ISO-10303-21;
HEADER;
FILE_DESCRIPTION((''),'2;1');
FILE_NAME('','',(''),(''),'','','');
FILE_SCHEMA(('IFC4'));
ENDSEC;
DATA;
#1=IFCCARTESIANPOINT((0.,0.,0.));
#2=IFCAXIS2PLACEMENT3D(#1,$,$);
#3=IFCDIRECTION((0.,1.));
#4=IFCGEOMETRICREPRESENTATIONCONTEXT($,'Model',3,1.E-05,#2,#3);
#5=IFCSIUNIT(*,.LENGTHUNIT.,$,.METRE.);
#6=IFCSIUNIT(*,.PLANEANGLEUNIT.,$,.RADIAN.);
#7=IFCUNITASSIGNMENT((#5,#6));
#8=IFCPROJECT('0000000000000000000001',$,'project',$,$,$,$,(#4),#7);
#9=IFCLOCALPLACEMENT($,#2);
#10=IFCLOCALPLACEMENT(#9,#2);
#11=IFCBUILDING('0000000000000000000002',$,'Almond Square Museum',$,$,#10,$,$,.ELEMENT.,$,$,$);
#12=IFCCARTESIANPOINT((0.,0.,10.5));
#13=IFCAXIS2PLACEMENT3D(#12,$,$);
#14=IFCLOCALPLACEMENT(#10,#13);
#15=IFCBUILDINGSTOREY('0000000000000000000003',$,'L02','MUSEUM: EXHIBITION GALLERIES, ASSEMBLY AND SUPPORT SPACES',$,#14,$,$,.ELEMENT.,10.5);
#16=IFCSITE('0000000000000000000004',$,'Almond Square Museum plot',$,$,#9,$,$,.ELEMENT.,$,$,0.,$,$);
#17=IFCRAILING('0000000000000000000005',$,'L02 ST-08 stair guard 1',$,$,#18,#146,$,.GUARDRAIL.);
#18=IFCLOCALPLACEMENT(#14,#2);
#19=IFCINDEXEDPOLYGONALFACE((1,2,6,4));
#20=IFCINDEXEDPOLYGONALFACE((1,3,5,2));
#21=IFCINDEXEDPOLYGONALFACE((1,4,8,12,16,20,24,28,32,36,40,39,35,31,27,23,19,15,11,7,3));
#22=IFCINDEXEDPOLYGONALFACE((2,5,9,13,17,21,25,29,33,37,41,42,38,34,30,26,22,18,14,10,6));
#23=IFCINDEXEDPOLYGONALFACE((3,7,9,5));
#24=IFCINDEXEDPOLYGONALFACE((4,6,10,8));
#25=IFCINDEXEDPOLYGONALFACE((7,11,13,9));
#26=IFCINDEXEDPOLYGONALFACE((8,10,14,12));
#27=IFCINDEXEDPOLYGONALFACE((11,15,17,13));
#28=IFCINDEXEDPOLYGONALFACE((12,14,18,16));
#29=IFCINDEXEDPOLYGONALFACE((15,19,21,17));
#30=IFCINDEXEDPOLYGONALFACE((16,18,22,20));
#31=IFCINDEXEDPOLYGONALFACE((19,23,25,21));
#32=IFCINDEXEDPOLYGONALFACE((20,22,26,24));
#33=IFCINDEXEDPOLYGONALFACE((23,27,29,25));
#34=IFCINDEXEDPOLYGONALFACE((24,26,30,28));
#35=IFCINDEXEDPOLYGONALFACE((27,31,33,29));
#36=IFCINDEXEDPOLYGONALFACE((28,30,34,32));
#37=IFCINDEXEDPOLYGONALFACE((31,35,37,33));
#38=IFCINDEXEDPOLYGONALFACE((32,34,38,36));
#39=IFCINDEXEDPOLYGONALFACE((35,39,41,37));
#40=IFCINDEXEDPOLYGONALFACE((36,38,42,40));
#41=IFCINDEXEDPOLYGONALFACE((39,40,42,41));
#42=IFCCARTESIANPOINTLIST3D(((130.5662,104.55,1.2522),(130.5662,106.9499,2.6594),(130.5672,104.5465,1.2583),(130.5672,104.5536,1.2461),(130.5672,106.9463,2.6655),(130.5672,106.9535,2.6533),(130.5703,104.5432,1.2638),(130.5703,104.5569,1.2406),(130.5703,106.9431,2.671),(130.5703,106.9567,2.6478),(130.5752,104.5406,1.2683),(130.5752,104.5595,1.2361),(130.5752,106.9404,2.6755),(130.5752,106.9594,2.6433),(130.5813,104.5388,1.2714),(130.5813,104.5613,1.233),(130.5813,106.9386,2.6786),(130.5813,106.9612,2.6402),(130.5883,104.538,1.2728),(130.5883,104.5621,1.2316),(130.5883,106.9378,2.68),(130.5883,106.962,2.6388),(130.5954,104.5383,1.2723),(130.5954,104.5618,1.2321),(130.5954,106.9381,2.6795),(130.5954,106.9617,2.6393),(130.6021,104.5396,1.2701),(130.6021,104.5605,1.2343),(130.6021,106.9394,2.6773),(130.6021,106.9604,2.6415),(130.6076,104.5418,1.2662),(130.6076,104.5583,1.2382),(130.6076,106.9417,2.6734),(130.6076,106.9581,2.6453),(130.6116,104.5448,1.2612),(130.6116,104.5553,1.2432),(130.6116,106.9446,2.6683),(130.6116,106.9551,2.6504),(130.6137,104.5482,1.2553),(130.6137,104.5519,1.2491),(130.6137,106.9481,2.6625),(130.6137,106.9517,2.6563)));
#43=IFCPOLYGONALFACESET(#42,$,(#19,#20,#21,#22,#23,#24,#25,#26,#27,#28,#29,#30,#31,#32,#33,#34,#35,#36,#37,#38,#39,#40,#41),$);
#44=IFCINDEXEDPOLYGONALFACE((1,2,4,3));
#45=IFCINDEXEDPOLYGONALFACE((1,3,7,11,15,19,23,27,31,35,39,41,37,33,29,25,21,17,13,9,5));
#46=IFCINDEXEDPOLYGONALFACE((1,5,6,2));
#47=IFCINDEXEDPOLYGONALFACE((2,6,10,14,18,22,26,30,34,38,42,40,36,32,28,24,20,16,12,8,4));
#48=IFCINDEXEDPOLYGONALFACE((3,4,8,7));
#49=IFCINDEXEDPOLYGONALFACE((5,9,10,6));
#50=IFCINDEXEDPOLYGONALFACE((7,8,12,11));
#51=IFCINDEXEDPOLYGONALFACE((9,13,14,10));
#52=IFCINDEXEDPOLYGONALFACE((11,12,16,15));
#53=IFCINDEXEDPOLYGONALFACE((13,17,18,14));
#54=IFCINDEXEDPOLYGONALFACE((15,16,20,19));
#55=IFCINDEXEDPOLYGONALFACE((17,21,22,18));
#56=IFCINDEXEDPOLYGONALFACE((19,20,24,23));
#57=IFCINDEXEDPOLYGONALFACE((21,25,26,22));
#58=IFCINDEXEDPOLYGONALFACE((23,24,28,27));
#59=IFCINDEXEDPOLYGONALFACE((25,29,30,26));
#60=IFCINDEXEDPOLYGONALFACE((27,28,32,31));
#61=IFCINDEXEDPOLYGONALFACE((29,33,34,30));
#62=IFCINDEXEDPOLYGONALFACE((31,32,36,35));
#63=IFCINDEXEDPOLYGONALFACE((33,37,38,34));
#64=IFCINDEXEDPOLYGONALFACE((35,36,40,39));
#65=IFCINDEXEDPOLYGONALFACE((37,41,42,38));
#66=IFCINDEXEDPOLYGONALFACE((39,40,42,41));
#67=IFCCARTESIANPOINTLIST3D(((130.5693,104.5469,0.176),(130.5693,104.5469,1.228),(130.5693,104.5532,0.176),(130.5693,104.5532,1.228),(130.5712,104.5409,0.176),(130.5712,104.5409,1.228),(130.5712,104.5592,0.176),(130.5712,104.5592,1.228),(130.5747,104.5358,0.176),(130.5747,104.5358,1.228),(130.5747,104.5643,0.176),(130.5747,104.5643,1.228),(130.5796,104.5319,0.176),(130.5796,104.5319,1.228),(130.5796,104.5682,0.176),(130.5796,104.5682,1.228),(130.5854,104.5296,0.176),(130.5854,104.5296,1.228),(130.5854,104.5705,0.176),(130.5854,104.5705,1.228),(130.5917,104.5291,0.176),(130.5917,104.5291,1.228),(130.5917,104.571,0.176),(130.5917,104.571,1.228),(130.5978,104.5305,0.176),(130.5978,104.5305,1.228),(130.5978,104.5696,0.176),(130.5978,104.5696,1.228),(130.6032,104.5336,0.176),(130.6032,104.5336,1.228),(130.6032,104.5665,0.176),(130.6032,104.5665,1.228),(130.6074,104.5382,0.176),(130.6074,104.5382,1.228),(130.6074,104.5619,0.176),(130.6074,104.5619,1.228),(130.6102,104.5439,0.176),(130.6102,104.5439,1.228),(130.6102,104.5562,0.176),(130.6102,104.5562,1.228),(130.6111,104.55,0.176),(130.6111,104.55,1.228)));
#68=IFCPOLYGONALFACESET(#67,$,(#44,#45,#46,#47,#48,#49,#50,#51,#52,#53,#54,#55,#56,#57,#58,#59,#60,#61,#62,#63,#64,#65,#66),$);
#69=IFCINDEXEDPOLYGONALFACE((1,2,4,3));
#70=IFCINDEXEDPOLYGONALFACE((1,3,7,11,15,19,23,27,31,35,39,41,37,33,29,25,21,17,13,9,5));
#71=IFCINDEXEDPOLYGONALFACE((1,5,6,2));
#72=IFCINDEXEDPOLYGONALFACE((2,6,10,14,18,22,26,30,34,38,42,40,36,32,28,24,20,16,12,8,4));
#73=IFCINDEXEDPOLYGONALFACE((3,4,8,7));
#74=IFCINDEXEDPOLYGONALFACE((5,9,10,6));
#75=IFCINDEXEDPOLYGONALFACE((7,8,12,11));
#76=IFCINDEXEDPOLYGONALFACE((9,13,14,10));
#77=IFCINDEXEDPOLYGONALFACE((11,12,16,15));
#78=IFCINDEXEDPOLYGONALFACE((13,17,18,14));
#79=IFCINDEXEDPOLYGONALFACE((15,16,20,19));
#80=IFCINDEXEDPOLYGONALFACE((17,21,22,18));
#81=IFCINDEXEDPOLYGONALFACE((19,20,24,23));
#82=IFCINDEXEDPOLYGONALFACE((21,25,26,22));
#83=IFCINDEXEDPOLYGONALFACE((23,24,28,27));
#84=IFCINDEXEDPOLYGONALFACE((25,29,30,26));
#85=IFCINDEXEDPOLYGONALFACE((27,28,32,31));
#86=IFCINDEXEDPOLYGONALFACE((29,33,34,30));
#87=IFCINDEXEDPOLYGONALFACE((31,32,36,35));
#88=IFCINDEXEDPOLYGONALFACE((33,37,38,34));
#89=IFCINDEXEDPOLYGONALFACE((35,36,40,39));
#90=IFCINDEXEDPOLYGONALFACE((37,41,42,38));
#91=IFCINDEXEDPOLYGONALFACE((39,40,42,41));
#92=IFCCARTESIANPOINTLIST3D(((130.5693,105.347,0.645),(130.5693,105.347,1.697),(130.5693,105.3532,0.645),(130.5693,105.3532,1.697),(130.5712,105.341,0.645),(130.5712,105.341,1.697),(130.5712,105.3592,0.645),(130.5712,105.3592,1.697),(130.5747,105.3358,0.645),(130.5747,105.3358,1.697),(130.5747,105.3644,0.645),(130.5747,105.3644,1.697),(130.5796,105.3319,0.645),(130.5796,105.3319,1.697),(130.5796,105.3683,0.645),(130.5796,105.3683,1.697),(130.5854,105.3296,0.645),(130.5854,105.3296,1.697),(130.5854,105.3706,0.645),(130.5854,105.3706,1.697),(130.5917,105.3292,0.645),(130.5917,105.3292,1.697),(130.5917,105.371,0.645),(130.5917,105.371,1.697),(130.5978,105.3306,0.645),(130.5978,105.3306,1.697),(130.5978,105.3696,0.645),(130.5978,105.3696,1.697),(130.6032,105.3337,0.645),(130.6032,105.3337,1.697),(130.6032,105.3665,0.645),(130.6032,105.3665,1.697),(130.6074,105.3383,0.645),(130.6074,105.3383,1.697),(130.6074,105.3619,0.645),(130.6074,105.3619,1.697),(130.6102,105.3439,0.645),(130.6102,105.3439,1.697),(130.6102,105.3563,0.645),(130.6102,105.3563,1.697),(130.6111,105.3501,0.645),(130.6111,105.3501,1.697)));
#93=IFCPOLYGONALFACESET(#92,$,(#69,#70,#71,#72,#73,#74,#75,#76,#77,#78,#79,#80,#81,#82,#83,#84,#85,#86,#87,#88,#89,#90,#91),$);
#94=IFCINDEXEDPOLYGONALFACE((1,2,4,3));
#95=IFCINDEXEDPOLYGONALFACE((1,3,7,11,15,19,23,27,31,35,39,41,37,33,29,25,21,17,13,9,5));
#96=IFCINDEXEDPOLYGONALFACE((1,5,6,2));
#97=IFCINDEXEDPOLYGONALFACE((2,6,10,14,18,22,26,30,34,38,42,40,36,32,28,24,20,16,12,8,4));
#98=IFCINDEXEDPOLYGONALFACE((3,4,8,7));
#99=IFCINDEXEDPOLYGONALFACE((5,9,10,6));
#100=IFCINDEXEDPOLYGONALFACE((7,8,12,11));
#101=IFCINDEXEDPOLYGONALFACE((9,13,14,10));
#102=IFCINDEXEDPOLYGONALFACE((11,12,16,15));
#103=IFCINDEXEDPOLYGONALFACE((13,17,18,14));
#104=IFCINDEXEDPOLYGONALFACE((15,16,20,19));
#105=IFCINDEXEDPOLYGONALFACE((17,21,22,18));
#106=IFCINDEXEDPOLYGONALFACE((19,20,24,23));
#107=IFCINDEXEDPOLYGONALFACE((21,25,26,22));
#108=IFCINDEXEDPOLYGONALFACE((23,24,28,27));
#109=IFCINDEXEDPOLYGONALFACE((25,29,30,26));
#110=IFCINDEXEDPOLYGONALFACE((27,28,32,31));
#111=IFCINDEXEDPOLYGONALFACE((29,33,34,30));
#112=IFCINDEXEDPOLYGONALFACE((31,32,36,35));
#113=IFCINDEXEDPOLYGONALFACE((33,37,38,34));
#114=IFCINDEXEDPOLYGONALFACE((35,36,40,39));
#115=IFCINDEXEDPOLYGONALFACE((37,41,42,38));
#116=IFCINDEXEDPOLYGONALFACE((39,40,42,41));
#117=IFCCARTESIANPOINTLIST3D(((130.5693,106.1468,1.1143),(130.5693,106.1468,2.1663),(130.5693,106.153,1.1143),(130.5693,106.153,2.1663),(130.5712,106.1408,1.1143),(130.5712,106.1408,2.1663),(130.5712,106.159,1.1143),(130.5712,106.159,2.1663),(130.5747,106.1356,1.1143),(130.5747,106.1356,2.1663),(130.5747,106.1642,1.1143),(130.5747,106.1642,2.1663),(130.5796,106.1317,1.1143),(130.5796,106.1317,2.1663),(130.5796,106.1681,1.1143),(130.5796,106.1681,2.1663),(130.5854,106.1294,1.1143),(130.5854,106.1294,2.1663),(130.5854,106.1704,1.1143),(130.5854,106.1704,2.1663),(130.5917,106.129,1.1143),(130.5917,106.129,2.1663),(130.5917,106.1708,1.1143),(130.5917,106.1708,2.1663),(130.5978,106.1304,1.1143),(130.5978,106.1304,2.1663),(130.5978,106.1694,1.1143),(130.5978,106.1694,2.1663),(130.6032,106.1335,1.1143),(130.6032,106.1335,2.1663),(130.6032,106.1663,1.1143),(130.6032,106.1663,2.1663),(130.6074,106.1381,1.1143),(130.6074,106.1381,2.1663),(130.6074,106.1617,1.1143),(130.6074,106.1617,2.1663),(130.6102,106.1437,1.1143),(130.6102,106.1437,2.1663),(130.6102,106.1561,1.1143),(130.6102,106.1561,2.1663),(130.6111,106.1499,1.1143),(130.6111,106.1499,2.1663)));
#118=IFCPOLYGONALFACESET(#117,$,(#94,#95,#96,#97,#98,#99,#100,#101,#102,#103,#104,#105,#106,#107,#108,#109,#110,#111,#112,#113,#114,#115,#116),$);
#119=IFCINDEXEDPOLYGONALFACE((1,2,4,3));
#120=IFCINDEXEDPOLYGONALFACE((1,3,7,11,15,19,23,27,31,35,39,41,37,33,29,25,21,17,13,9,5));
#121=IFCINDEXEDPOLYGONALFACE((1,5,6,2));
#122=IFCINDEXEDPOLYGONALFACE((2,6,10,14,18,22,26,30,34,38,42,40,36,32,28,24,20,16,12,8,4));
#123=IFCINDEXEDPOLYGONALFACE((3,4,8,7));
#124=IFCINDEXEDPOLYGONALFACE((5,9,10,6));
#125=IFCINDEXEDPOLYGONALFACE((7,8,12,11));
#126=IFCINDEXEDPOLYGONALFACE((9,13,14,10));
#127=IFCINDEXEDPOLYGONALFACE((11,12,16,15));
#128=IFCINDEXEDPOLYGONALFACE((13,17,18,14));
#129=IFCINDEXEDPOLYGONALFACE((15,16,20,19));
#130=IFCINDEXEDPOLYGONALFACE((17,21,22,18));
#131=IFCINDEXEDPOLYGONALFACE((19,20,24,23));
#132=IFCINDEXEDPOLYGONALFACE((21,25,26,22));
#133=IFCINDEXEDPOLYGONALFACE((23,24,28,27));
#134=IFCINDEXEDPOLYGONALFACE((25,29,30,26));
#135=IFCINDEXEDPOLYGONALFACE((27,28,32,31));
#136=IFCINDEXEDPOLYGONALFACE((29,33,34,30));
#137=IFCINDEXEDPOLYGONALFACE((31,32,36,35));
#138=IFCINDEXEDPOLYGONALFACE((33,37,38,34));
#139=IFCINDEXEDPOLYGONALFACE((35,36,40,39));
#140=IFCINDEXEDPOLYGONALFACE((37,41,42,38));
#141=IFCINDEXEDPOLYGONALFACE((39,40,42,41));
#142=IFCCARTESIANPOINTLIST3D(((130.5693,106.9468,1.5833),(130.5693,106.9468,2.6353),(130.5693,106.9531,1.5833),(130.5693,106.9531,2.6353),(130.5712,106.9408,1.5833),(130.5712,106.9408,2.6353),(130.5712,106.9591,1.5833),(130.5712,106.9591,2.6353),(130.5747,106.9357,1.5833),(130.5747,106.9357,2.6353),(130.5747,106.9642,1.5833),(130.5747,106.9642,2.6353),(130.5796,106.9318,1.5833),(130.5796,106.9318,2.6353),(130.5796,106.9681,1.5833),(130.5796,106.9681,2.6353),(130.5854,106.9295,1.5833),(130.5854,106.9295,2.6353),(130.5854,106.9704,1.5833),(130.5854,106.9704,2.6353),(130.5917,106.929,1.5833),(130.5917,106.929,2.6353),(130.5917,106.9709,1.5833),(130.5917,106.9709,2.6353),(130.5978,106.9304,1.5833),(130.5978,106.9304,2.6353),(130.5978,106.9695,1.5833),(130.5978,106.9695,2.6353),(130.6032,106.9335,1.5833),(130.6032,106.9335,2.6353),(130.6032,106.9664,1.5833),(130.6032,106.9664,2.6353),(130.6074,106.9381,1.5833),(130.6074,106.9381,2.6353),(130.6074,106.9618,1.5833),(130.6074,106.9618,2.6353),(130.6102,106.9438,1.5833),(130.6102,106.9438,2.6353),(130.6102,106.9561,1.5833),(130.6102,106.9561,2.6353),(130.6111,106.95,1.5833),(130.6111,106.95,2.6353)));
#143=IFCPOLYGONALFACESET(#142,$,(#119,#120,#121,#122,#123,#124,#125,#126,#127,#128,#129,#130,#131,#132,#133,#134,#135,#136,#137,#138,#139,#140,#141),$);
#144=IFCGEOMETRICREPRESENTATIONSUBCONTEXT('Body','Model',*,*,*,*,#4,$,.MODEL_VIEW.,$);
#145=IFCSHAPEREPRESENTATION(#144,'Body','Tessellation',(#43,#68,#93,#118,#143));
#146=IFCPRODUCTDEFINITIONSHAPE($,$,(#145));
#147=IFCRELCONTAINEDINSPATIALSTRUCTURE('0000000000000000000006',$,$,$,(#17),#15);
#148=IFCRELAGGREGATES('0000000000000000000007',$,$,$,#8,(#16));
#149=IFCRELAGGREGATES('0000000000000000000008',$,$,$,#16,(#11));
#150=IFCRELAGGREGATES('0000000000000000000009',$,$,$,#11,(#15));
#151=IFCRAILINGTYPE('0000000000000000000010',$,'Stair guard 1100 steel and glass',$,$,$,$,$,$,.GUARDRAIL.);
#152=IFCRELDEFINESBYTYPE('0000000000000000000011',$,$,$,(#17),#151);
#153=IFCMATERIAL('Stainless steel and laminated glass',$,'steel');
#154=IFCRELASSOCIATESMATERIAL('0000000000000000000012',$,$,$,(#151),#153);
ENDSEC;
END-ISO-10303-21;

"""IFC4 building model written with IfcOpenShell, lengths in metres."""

from ifc_helpers import new_model, si_unit, direction, frame, origin, origin_2d, place, context, subcontext, project, spatial, circle, extrude, material, type_object, element, save


model = new_model("IFC4")

# Units and contexts
model_context = context("Model", 3, precision=1e-05, world=origin(), true_north=direction((0.0, 1.0)))
body_context = subcontext(model_context, "Body", "Model", "MODEL_VIEW")
ifc_project = project(units=[si_unit("LENGTHUNIT", "METRE"), si_unit("PLANEANGLEUNIT", "RADIAN")], contexts=[model_context])

# Site, building, storey
site_placement = place(None, origin())
site = spatial("IfcSite", under=ifc_project, at=site_placement, Name="Almond Square Museum plot", CompositionType="ELEMENT", RefElevation=0.0)
building_placement = place(site_placement, origin())
building = spatial("IfcBuilding", under=site, at=building_placement, Name="Almond Square Museum", CompositionType="ELEMENT")
storey_placement = place(building_placement, frame((0.0, 0.0, 10.5)))
storey = spatial("IfcBuildingStorey", under=building, at=storey_placement, Name="L02", Description="MUSEUM: EXHIBITION GALLERIES, ASSEMBLY AND SUPPORT SPACES", CompositionType="ELEMENT", Elevation=10.5)

# Railing
ifc_material_1 = material(Name="Stainless steel and laminated glass", Category="steel")
railing_type_1 = type_object("IfcRailingType", Name="Stair guard 1100 steel and glass", PredefinedType="GUARDRAIL", material=ifc_material_1)
railing_1_placement = place(storey_placement, frame((130.5901, 104.55, 0.176)))
element("IfcRailing", 1, at=railing_1_placement, inside=storey, type_object=railing_type_1, Name="L02 ST-08 stair guard 1", PredefinedType="GUARDRAIL", context=body_context, shape_type="SweptSolid", body=[
    extrude(circle(Radius=0.0239, at=origin_2d()), frame((0.0, 0.0, 1.0762), z_axis=(0.0, 0.862637, 0.505823), x_axis=(-1.0, 0.0, 0.0)), (0.0, 0.0, 1.0), 2.782),
    extrude(circle(Radius=0.021, at=origin_2d()), origin(), (0.0, 0.0, 1.0), 1.052),
    extrude(circle(Radius=0.021, at=origin_2d()), frame((0.0, 0.8, 0.469)), (0.0, 0.0, 1.0), 1.052),
    extrude(circle(Radius=0.021, at=origin_2d()), frame((0.0, 1.5999, 0.9382)), (0.0, 0.0, 1.0), 1.052),
    extrude(circle(Radius=0.021, at=origin_2d()), frame((0.0, 2.3999, 1.4072)), (0.0, 0.0, 1.0), 1.052),
])

save(model, "model.ifc")
